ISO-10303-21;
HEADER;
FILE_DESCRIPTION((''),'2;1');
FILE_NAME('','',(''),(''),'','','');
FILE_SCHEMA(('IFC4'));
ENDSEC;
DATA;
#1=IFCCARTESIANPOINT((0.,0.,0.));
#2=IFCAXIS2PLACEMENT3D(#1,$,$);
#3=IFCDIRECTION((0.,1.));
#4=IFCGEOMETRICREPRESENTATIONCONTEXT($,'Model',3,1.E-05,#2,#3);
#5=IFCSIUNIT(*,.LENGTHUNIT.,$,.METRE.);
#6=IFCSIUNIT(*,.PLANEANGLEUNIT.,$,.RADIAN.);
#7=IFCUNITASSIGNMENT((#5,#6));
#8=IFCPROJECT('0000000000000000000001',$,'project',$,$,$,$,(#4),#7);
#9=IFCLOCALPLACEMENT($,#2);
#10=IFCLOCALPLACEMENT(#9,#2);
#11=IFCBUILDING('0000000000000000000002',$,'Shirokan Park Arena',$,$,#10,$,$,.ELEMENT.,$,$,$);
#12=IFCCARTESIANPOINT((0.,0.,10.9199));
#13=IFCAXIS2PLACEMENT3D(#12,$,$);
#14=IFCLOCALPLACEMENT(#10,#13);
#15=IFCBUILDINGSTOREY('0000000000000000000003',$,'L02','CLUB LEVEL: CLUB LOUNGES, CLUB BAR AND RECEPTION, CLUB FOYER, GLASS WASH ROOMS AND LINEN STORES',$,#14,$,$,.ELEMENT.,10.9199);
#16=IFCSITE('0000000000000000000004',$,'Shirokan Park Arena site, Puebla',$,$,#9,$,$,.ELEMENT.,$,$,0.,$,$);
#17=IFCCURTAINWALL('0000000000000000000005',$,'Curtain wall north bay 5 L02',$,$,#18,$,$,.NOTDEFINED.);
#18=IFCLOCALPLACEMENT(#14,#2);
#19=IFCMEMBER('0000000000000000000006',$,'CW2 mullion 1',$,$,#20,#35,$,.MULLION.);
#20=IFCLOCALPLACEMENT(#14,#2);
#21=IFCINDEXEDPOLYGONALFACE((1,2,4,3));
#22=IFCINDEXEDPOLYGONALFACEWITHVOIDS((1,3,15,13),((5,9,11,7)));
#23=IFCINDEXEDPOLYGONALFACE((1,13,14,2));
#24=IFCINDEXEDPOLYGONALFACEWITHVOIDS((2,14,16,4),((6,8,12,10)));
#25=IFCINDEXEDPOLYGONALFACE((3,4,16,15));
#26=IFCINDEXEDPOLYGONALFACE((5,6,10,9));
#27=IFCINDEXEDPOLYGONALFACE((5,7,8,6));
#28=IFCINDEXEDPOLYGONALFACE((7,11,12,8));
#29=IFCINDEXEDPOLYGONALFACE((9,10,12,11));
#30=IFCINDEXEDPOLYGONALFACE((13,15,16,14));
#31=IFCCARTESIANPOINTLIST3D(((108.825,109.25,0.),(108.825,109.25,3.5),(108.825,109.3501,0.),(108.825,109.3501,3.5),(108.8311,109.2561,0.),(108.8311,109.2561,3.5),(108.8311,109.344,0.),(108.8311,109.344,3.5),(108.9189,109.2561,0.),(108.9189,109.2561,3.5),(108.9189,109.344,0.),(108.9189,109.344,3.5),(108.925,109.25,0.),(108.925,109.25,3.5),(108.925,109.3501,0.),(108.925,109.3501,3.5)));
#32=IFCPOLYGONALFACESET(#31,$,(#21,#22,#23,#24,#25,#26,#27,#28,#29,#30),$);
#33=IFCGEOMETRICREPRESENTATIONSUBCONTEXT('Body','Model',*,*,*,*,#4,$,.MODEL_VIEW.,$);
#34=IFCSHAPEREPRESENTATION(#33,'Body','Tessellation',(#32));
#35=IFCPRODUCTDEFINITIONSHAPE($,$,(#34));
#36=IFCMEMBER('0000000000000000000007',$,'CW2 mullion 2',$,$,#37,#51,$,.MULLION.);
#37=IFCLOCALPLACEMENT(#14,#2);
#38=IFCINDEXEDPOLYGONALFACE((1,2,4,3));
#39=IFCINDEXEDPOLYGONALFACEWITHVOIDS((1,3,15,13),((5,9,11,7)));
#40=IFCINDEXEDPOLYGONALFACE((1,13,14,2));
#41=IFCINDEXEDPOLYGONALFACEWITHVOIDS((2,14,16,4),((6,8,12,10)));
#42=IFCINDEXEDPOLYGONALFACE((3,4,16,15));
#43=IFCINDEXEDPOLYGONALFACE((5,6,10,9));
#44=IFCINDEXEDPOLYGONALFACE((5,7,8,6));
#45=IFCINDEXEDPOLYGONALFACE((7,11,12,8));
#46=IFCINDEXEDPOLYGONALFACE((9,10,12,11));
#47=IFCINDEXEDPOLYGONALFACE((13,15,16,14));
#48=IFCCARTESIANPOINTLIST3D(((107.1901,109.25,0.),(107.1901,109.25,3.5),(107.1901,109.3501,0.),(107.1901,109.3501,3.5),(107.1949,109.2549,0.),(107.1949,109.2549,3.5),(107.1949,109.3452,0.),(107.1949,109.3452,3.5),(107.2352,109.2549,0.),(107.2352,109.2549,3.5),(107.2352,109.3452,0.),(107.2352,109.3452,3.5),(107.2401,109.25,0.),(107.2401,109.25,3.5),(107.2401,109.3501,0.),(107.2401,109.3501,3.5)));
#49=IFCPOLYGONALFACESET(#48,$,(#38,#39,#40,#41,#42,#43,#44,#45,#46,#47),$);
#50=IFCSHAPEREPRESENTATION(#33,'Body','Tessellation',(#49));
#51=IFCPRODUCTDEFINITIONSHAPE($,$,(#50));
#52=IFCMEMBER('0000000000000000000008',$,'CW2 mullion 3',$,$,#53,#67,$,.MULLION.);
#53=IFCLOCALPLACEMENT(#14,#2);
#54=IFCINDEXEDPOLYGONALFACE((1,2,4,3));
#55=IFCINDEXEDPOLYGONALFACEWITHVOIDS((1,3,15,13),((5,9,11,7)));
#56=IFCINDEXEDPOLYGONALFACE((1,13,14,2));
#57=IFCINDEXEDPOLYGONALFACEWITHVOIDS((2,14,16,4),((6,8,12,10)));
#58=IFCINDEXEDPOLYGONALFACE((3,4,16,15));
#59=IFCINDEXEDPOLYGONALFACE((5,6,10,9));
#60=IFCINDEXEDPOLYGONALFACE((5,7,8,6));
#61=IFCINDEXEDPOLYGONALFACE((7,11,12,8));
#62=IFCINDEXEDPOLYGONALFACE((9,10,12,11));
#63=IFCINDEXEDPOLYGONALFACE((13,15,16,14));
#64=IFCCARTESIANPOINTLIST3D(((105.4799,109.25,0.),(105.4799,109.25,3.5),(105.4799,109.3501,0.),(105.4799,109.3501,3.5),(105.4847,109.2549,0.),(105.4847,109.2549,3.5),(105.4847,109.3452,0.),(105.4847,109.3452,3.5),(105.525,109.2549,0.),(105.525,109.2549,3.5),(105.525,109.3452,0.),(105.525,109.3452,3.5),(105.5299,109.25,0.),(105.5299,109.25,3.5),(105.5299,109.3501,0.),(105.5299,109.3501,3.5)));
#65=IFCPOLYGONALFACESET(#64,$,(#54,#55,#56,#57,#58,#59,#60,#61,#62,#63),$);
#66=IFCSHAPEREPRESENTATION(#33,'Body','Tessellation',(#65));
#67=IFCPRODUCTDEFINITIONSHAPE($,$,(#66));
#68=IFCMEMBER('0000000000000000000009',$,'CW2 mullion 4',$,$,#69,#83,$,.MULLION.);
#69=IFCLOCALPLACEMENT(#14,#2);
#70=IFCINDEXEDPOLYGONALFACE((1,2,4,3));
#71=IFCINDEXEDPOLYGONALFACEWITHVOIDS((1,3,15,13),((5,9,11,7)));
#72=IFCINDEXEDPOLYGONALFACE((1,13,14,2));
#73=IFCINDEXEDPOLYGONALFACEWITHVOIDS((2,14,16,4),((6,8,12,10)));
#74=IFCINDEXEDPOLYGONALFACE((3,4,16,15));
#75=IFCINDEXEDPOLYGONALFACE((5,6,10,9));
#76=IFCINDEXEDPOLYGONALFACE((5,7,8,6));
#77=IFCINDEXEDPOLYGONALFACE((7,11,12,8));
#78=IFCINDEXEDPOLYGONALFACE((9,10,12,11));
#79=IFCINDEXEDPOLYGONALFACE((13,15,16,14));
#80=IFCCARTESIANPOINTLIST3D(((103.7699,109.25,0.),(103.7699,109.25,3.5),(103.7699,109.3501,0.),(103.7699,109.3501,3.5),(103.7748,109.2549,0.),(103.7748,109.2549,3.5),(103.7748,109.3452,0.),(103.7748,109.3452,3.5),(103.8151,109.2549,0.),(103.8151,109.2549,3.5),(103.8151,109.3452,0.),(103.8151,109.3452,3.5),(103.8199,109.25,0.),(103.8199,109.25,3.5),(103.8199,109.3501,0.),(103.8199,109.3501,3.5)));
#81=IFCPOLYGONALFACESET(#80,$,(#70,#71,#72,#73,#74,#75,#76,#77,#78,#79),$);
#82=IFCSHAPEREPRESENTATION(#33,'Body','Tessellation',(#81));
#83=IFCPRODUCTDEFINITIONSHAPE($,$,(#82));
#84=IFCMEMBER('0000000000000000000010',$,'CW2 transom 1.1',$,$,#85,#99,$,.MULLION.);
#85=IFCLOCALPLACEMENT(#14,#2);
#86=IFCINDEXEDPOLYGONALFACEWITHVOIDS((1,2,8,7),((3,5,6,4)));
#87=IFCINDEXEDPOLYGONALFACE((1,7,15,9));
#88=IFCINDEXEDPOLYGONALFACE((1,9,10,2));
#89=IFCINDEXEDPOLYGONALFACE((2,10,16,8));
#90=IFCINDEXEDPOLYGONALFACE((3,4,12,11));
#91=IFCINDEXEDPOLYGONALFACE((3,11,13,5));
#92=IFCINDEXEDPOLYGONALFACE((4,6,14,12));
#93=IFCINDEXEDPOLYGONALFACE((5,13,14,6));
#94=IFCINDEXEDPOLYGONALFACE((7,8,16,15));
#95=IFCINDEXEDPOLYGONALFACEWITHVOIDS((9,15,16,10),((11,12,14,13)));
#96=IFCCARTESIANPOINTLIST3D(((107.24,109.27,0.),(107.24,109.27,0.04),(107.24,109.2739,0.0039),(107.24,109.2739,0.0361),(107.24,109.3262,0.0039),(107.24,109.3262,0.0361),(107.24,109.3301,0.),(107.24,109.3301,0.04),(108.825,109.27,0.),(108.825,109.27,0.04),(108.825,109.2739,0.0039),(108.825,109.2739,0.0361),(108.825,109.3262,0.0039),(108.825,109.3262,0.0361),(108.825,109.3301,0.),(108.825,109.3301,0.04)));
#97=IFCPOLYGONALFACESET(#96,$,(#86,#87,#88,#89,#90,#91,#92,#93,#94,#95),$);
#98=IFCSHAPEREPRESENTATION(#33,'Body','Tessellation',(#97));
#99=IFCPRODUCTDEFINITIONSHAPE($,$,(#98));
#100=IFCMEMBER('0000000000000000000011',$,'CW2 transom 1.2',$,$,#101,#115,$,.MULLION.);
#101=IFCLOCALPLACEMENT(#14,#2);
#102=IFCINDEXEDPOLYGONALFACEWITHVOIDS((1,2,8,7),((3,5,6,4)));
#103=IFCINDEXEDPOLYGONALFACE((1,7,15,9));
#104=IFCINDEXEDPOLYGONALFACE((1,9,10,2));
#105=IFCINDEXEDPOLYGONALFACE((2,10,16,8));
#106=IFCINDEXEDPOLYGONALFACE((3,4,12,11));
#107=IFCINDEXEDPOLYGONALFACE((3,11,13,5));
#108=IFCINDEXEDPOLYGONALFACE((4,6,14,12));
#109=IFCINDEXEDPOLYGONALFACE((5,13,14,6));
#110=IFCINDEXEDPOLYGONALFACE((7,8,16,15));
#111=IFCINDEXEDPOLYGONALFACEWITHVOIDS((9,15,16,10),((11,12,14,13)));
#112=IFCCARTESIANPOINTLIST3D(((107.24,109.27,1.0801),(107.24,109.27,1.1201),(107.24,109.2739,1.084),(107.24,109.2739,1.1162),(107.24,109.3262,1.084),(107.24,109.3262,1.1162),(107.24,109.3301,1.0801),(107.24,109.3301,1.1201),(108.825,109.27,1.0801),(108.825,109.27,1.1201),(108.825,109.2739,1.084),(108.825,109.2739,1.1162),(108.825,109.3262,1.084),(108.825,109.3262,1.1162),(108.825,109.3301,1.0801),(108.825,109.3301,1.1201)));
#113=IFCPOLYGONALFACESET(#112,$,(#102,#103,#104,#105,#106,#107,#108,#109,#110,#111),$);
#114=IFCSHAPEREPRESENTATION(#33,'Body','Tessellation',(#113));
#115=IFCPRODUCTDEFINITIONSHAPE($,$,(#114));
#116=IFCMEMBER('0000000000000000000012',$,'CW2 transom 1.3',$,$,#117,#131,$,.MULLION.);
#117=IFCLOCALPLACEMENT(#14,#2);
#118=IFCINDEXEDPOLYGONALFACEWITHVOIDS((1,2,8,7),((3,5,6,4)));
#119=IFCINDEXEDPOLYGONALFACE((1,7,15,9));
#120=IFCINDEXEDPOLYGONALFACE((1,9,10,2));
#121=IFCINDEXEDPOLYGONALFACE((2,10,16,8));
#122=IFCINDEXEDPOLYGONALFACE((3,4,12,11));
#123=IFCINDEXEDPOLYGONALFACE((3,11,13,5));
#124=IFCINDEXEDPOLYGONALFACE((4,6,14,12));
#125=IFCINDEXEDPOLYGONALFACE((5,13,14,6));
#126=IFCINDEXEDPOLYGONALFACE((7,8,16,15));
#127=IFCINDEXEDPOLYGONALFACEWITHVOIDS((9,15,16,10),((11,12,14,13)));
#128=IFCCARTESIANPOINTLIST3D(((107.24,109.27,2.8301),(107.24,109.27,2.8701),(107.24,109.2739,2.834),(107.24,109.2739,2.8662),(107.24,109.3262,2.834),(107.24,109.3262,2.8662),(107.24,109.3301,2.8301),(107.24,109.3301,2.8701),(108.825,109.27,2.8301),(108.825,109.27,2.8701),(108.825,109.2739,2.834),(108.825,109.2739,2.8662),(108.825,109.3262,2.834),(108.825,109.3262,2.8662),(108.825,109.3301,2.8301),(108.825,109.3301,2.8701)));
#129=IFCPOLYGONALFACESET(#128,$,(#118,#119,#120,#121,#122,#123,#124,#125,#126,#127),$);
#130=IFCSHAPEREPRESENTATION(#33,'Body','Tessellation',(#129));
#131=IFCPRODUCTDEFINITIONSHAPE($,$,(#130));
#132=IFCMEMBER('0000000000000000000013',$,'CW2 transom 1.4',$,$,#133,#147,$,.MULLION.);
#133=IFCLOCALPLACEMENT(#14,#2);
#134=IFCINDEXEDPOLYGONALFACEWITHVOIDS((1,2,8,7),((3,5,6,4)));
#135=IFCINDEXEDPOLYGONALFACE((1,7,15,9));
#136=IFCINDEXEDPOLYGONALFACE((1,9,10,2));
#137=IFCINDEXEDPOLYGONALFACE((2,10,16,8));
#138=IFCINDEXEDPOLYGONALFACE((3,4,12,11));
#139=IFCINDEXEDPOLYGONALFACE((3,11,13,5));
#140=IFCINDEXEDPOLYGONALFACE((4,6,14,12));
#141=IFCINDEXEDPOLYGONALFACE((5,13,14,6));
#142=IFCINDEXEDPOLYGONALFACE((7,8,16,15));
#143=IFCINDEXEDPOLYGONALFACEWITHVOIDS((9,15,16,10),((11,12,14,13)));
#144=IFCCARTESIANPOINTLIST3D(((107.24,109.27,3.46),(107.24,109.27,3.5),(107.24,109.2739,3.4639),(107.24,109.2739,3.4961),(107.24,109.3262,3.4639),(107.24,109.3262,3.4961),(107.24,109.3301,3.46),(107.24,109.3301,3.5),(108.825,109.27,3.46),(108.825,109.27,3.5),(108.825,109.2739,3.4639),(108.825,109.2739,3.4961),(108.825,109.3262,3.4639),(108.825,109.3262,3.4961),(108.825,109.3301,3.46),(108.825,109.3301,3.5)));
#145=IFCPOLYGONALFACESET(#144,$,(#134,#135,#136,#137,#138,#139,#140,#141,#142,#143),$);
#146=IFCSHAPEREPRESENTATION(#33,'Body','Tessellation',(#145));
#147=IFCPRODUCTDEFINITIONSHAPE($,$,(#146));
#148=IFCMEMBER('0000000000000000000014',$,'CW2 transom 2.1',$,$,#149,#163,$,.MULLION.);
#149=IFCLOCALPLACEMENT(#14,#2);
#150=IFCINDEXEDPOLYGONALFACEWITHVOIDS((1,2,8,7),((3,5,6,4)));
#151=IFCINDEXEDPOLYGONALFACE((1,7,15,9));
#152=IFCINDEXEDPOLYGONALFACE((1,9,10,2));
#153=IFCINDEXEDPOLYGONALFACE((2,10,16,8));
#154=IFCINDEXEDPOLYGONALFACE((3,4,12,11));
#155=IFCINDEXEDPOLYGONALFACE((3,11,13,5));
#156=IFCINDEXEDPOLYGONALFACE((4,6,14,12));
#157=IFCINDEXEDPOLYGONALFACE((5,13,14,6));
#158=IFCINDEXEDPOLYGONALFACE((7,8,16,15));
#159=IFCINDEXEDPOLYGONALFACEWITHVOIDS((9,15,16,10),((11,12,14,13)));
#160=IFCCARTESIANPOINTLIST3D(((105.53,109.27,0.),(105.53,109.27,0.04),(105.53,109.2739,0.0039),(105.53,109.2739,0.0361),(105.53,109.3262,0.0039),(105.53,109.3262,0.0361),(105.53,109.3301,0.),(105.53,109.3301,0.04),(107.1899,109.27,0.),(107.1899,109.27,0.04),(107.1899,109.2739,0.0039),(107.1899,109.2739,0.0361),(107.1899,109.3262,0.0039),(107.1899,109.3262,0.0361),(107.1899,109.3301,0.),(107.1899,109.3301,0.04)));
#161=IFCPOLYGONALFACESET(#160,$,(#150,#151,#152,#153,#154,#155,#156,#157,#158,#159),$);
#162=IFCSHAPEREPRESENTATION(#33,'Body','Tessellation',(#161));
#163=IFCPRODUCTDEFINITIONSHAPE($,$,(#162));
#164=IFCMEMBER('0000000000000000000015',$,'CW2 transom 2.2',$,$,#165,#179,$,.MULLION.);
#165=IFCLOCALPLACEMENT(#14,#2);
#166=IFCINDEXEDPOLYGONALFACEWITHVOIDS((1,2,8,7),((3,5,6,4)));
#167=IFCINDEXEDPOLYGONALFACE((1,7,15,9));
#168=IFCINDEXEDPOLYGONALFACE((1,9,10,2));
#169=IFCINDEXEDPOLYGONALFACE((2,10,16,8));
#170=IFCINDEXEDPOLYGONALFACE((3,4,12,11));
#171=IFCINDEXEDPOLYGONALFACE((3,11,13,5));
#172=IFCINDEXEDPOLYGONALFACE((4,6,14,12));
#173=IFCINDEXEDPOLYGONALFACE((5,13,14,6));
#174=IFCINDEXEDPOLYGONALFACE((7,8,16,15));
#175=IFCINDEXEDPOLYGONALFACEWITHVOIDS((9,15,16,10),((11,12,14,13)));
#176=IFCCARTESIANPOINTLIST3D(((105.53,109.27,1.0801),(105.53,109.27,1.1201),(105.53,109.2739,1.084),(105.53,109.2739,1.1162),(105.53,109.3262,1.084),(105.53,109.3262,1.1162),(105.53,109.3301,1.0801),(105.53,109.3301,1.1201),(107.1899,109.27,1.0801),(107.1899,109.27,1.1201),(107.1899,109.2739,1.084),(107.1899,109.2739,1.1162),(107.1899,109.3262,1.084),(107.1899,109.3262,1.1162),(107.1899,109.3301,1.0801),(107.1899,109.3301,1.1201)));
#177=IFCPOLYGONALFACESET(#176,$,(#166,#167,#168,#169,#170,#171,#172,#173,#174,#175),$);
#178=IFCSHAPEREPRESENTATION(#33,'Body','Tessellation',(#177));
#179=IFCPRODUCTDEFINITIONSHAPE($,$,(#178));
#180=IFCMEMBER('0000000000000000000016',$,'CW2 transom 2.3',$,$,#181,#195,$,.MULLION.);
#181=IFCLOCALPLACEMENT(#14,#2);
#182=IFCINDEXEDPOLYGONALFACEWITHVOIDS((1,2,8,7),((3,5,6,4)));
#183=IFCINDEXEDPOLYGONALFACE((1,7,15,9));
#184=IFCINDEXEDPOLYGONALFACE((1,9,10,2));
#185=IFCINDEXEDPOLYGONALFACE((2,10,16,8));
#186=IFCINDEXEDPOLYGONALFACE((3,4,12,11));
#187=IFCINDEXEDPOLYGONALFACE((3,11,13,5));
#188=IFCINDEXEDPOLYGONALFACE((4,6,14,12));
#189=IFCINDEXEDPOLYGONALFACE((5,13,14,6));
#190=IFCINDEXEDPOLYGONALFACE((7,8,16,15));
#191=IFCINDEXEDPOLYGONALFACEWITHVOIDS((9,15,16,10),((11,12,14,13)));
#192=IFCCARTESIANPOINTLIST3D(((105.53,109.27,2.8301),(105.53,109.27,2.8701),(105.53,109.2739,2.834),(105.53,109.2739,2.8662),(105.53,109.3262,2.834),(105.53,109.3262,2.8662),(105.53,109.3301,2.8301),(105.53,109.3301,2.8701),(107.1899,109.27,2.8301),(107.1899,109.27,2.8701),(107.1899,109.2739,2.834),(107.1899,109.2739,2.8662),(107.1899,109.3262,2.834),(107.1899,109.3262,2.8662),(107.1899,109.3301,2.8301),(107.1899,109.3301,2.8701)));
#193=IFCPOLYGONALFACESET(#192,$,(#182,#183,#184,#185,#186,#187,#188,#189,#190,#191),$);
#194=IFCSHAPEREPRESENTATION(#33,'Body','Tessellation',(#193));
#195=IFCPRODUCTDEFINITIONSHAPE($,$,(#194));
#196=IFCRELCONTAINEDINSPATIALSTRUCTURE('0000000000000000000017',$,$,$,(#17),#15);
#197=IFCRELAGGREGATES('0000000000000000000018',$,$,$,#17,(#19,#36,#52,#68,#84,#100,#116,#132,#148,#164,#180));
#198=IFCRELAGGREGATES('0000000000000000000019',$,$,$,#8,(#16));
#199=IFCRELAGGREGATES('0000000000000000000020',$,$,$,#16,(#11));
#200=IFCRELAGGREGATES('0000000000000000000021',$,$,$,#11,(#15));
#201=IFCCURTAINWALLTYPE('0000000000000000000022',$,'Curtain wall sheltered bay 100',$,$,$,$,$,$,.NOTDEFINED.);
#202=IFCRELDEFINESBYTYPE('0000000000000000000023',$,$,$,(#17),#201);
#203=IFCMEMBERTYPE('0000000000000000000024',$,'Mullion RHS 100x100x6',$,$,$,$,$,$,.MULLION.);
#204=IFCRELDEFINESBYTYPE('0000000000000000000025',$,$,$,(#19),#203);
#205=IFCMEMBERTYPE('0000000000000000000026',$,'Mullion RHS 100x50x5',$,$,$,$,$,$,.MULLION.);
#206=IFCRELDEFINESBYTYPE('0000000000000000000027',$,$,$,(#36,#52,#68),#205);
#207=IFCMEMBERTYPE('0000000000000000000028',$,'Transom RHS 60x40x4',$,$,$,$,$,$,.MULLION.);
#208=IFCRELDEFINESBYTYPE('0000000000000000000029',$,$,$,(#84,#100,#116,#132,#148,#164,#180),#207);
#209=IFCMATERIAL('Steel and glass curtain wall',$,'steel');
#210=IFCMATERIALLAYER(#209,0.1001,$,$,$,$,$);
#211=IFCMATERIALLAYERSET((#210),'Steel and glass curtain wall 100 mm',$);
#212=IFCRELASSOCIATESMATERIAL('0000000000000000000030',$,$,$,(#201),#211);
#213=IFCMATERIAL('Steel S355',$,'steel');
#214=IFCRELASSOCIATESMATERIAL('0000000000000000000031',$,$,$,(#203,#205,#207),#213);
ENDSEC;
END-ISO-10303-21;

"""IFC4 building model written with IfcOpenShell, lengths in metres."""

from ifc_helpers import new_model, si_unit, direction, frame, origin, origin_2d, place, context, subcontext, project, spatial, hollow_rectangle, extrude, material, layer, layer_set, material_profile, profile_set, type_object, element, aggregate, save


model = new_model("IFC4")

# Units and contexts
model_context = context("Model", 3, precision=1e-05, world=origin(), true_north=direction((0.0, 1.0)))
body_context = subcontext(model_context, "Body", "Model", "MODEL_VIEW")
ifc_project = project(units=[si_unit("LENGTHUNIT", "METRE"), si_unit("PLANEANGLEUNIT", "RADIAN")], contexts=[model_context])

# Site, building, storey
site_placement = place(None, origin())
site = spatial("IfcSite", under=ifc_project, at=site_placement, Name="Shirokan Park Arena site, Puebla", CompositionType="ELEMENT", RefElevation=0.0)
building_placement = place(site_placement, origin())
building = spatial("IfcBuilding", under=site, at=building_placement, Name="Shirokan Park Arena", CompositionType="ELEMENT")
storey_placement = place(building_placement, frame((0.0, 0.0, 10.9199)))
storey = spatial("IfcBuildingStorey", under=building, at=storey_placement, Name="L02", Description="CLUB LEVEL: CLUB LOUNGES, CLUB BAR AND RECEPTION, CLUB FOYER, GLASS WASH ROOMS AND LINEN STORES", CompositionType="ELEMENT", Elevation=10.9199)

# Curtain wall, members
ifc_material_1 = material(Name="Steel and glass curtain wall", Category="steel")
ifc_layer_1 = layer(ifc_material_1, 0.1001)
ifc_layer_set_1 = layer_set([ifc_layer_1], Name="Steel and glass curtain wall 100 mm")
curtain_wall_type = type_object("IfcCurtainWallType", Name="Curtain wall sheltered bay 100", PredefinedType="NOTDEFINED", material=ifc_layer_set_1)
curtain_wall_placement = place(storey_placement, origin())
curtain_wall = element("IfcCurtainWall", 1, at=curtain_wall_placement, inside=storey, type_object=curtain_wall_type, Name="Curtain wall north bay 5 L02", PredefinedType="NOTDEFINED")
ifc_material_2 = material(Name="Steel S355", Category="steel")
ifc_material_profile_1 = material_profile(ifc_material_2, hollow_rectangle(XDim=0.1001, YDim=0.1001, WallThickness=0.0061, at=origin_2d()), Name="RHS 100x100x6")
ifc_profile_set_1 = profile_set([ifc_material_profile_1], Name="Steel S355")
member_type_1 = type_object("IfcMemberType", Name="Mullion RHS 100x100x6", PredefinedType="MULLION", material=ifc_profile_set_1)
member_1_placement = place(storey_placement, frame((108.875, 109.3, 0.0), z_axis=(0.0, 0.0, 1.0), x_axis=(0.0, -1.0, 0.0)))
member_1 = element("IfcMember", 2, at=member_1_placement, type_object=member_type_1, Name="CW2 mullion 1", PredefinedType="MULLION", context=body_context, shape_type="SweptSolid", body=[
    extrude(hollow_rectangle(XDim=0.1001, YDim=0.1001, WallThickness=0.0061, at=origin_2d()), origin(), (0.0, 0.0, 1.0), 3.5),
])
ifc_material_profile_2 = material_profile(ifc_material_2, hollow_rectangle(XDim=0.1001, YDim=0.05, WallThickness=0.0049, at=origin_2d()), Name="RHS 100x50x5")
ifc_profile_set_2 = profile_set([ifc_material_profile_2], Name="Steel S355")
member_type_2 = type_object("IfcMemberType", Name="Mullion RHS 100x50x5", PredefinedType="MULLION", material=ifc_profile_set_2)
member_2_placement = place(storey_placement, frame((107.2151, 109.3, 0.0), z_axis=(0.0, 0.0, 1.0), x_axis=(0.0, -1.0, 0.0)))
member_2 = element("IfcMember", 3, at=member_2_placement, type_object=member_type_2, Name="CW2 mullion 2", PredefinedType="MULLION", context=body_context, shape_type="SweptSolid", body=[
    extrude(hollow_rectangle(XDim=0.1001, YDim=0.05, WallThickness=0.0049, at=origin_2d()), origin(), (0.0, 0.0, 1.0), 3.5),
])
member_3_placement = place(storey_placement, frame((105.5049, 109.3, 0.0), z_axis=(0.0, 0.0, 1.0), x_axis=(0.0, -1.0, 0.0)))
member_3 = element("IfcMember", 4, at=member_3_placement, type_object=member_type_2, Name="CW2 mullion 3", PredefinedType="MULLION", context=body_context, shape_type="SweptSolid", body=[
    extrude(hollow_rectangle(XDim=0.1001, YDim=0.05, WallThickness=0.0049, at=origin_2d()), origin(), (0.0, 0.0, 1.0), 3.5),
])
member_4_placement = place(storey_placement, frame((103.7949, 109.3, 0.0), z_axis=(0.0, 0.0, 1.0), x_axis=(0.0, -1.0, 0.0)))
member_4 = element("IfcMember", 5, at=member_4_placement, type_object=member_type_2, Name="CW2 mullion 4", PredefinedType="MULLION", context=body_context, shape_type="SweptSolid", body=[
    extrude(hollow_rectangle(XDim=0.1001, YDim=0.05, WallThickness=0.0049, at=origin_2d()), origin(), (0.0, 0.0, 1.0), 3.5),
])
ifc_material_profile_3 = material_profile(ifc_material_2, hollow_rectangle(XDim=0.0601, YDim=0.04, WallThickness=0.0039, at=origin_2d()), Name="RHS 60x40x4")
ifc_profile_set_3 = profile_set([ifc_material_profile_3], Name="Steel S355")
member_type_3 = type_object("IfcMemberType", Name="Transom RHS 60x40x4", PredefinedType="MULLION", material=ifc_profile_set_3)
member_5_placement = place(storey_placement, frame((108.825, 109.3, 0.02), z_axis=(-1.0, 0.0, 0.0), x_axis=(0.0, -1.0, 0.0)))
member_5 = element("IfcMember", 6, at=member_5_placement, type_object=member_type_3, Name="CW2 transom 1.1", PredefinedType="MULLION", context=body_context, shape_type="SweptSolid", body=[
    extrude(hollow_rectangle(XDim=0.0601, YDim=0.04, WallThickness=0.0039, at=origin_2d()), origin(), (0.0, 0.0, 1.0), 1.585),
])
member_6_placement = place(storey_placement, frame((108.825, 109.3, 1.1001), z_axis=(-1.0, 0.0, 0.0), x_axis=(0.0, -1.0, 0.0)))
member_6 = element("IfcMember", 7, at=member_6_placement, type_object=member_type_3, Name="CW2 transom 1.2", PredefinedType="MULLION", context=body_context, shape_type="SweptSolid", body=[
    extrude(hollow_rectangle(XDim=0.0601, YDim=0.04, WallThickness=0.0039, at=origin_2d()), origin(), (0.0, 0.0, 1.0), 1.585),
])
member_7_placement = place(storey_placement, frame((108.825, 109.3, 2.8501), z_axis=(-1.0, 0.0, 0.0), x_axis=(0.0, -1.0, 0.0)))
member_7 = element("IfcMember", 8, at=member_7_placement, type_object=member_type_3, Name="CW2 transom 1.3", PredefinedType="MULLION", context=body_context, shape_type="SweptSolid", body=[
    extrude(hollow_rectangle(XDim=0.0601, YDim=0.04, WallThickness=0.0039, at=origin_2d()), origin(), (0.0, 0.0, 1.0), 1.585),
])
member_8_placement = place(storey_placement, frame((108.825, 109.3, 3.48), z_axis=(-1.0, 0.0, 0.0), x_axis=(0.0, -1.0, 0.0)))
member_8 = element("IfcMember", 9, at=member_8_placement, type_object=member_type_3, Name="CW2 transom 1.4", PredefinedType="MULLION", context=body_context, shape_type="SweptSolid", body=[
    extrude(hollow_rectangle(XDim=0.0601, YDim=0.04, WallThickness=0.0039, at=origin_2d()), origin(), (0.0, 0.0, 1.0), 1.585),
])
member_9_placement = place(storey_placement, frame((107.1899, 109.3, 0.02), z_axis=(-1.0, 0.0, 0.0), x_axis=(0.0, -1.0, 0.0)))
member_9 = element("IfcMember", 10, at=member_9_placement, type_object=member_type_3, Name="CW2 transom 2.1", PredefinedType="MULLION", context=body_context, shape_type="SweptSolid", body=[
    extrude(hollow_rectangle(XDim=0.0601, YDim=0.04, WallThickness=0.0039, at=origin_2d()), origin(), (0.0, 0.0, 1.0), 1.6599),
])
member_10_placement = place(storey_placement, frame((107.1899, 109.3, 1.1001), z_axis=(-1.0, 0.0, 0.0), x_axis=(0.0, -1.0, 0.0)))
member_10 = element("IfcMember", 11, at=member_10_placement, type_object=member_type_3, Name="CW2 transom 2.2", PredefinedType="MULLION", context=body_context, shape_type="SweptSolid", body=[
    extrude(hollow_rectangle(XDim=0.0601, YDim=0.04, WallThickness=0.0039, at=origin_2d()), origin(), (0.0, 0.0, 1.0), 1.6599),
])
member_11_placement = place(storey_placement, frame((107.1899, 109.3, 2.8501), z_axis=(-1.0, 0.0, 0.0), x_axis=(0.0, -1.0, 0.0)))
member_11 = element("IfcMember", 12, at=member_11_placement, type_object=member_type_3, Name="CW2 transom 2.3", PredefinedType="MULLION", context=body_context, shape_type="SweptSolid", body=[
    extrude(hollow_rectangle(XDim=0.0601, YDim=0.04, WallThickness=0.0039, at=origin_2d()), origin(), (0.0, 0.0, 1.0), 1.6599),
])
aggregate(curtain_wall, [member_1, member_2, member_3, member_4, member_5, member_6, member_7, member_8, member_9, member_10, member_11])

save(model, "model.ifc")
